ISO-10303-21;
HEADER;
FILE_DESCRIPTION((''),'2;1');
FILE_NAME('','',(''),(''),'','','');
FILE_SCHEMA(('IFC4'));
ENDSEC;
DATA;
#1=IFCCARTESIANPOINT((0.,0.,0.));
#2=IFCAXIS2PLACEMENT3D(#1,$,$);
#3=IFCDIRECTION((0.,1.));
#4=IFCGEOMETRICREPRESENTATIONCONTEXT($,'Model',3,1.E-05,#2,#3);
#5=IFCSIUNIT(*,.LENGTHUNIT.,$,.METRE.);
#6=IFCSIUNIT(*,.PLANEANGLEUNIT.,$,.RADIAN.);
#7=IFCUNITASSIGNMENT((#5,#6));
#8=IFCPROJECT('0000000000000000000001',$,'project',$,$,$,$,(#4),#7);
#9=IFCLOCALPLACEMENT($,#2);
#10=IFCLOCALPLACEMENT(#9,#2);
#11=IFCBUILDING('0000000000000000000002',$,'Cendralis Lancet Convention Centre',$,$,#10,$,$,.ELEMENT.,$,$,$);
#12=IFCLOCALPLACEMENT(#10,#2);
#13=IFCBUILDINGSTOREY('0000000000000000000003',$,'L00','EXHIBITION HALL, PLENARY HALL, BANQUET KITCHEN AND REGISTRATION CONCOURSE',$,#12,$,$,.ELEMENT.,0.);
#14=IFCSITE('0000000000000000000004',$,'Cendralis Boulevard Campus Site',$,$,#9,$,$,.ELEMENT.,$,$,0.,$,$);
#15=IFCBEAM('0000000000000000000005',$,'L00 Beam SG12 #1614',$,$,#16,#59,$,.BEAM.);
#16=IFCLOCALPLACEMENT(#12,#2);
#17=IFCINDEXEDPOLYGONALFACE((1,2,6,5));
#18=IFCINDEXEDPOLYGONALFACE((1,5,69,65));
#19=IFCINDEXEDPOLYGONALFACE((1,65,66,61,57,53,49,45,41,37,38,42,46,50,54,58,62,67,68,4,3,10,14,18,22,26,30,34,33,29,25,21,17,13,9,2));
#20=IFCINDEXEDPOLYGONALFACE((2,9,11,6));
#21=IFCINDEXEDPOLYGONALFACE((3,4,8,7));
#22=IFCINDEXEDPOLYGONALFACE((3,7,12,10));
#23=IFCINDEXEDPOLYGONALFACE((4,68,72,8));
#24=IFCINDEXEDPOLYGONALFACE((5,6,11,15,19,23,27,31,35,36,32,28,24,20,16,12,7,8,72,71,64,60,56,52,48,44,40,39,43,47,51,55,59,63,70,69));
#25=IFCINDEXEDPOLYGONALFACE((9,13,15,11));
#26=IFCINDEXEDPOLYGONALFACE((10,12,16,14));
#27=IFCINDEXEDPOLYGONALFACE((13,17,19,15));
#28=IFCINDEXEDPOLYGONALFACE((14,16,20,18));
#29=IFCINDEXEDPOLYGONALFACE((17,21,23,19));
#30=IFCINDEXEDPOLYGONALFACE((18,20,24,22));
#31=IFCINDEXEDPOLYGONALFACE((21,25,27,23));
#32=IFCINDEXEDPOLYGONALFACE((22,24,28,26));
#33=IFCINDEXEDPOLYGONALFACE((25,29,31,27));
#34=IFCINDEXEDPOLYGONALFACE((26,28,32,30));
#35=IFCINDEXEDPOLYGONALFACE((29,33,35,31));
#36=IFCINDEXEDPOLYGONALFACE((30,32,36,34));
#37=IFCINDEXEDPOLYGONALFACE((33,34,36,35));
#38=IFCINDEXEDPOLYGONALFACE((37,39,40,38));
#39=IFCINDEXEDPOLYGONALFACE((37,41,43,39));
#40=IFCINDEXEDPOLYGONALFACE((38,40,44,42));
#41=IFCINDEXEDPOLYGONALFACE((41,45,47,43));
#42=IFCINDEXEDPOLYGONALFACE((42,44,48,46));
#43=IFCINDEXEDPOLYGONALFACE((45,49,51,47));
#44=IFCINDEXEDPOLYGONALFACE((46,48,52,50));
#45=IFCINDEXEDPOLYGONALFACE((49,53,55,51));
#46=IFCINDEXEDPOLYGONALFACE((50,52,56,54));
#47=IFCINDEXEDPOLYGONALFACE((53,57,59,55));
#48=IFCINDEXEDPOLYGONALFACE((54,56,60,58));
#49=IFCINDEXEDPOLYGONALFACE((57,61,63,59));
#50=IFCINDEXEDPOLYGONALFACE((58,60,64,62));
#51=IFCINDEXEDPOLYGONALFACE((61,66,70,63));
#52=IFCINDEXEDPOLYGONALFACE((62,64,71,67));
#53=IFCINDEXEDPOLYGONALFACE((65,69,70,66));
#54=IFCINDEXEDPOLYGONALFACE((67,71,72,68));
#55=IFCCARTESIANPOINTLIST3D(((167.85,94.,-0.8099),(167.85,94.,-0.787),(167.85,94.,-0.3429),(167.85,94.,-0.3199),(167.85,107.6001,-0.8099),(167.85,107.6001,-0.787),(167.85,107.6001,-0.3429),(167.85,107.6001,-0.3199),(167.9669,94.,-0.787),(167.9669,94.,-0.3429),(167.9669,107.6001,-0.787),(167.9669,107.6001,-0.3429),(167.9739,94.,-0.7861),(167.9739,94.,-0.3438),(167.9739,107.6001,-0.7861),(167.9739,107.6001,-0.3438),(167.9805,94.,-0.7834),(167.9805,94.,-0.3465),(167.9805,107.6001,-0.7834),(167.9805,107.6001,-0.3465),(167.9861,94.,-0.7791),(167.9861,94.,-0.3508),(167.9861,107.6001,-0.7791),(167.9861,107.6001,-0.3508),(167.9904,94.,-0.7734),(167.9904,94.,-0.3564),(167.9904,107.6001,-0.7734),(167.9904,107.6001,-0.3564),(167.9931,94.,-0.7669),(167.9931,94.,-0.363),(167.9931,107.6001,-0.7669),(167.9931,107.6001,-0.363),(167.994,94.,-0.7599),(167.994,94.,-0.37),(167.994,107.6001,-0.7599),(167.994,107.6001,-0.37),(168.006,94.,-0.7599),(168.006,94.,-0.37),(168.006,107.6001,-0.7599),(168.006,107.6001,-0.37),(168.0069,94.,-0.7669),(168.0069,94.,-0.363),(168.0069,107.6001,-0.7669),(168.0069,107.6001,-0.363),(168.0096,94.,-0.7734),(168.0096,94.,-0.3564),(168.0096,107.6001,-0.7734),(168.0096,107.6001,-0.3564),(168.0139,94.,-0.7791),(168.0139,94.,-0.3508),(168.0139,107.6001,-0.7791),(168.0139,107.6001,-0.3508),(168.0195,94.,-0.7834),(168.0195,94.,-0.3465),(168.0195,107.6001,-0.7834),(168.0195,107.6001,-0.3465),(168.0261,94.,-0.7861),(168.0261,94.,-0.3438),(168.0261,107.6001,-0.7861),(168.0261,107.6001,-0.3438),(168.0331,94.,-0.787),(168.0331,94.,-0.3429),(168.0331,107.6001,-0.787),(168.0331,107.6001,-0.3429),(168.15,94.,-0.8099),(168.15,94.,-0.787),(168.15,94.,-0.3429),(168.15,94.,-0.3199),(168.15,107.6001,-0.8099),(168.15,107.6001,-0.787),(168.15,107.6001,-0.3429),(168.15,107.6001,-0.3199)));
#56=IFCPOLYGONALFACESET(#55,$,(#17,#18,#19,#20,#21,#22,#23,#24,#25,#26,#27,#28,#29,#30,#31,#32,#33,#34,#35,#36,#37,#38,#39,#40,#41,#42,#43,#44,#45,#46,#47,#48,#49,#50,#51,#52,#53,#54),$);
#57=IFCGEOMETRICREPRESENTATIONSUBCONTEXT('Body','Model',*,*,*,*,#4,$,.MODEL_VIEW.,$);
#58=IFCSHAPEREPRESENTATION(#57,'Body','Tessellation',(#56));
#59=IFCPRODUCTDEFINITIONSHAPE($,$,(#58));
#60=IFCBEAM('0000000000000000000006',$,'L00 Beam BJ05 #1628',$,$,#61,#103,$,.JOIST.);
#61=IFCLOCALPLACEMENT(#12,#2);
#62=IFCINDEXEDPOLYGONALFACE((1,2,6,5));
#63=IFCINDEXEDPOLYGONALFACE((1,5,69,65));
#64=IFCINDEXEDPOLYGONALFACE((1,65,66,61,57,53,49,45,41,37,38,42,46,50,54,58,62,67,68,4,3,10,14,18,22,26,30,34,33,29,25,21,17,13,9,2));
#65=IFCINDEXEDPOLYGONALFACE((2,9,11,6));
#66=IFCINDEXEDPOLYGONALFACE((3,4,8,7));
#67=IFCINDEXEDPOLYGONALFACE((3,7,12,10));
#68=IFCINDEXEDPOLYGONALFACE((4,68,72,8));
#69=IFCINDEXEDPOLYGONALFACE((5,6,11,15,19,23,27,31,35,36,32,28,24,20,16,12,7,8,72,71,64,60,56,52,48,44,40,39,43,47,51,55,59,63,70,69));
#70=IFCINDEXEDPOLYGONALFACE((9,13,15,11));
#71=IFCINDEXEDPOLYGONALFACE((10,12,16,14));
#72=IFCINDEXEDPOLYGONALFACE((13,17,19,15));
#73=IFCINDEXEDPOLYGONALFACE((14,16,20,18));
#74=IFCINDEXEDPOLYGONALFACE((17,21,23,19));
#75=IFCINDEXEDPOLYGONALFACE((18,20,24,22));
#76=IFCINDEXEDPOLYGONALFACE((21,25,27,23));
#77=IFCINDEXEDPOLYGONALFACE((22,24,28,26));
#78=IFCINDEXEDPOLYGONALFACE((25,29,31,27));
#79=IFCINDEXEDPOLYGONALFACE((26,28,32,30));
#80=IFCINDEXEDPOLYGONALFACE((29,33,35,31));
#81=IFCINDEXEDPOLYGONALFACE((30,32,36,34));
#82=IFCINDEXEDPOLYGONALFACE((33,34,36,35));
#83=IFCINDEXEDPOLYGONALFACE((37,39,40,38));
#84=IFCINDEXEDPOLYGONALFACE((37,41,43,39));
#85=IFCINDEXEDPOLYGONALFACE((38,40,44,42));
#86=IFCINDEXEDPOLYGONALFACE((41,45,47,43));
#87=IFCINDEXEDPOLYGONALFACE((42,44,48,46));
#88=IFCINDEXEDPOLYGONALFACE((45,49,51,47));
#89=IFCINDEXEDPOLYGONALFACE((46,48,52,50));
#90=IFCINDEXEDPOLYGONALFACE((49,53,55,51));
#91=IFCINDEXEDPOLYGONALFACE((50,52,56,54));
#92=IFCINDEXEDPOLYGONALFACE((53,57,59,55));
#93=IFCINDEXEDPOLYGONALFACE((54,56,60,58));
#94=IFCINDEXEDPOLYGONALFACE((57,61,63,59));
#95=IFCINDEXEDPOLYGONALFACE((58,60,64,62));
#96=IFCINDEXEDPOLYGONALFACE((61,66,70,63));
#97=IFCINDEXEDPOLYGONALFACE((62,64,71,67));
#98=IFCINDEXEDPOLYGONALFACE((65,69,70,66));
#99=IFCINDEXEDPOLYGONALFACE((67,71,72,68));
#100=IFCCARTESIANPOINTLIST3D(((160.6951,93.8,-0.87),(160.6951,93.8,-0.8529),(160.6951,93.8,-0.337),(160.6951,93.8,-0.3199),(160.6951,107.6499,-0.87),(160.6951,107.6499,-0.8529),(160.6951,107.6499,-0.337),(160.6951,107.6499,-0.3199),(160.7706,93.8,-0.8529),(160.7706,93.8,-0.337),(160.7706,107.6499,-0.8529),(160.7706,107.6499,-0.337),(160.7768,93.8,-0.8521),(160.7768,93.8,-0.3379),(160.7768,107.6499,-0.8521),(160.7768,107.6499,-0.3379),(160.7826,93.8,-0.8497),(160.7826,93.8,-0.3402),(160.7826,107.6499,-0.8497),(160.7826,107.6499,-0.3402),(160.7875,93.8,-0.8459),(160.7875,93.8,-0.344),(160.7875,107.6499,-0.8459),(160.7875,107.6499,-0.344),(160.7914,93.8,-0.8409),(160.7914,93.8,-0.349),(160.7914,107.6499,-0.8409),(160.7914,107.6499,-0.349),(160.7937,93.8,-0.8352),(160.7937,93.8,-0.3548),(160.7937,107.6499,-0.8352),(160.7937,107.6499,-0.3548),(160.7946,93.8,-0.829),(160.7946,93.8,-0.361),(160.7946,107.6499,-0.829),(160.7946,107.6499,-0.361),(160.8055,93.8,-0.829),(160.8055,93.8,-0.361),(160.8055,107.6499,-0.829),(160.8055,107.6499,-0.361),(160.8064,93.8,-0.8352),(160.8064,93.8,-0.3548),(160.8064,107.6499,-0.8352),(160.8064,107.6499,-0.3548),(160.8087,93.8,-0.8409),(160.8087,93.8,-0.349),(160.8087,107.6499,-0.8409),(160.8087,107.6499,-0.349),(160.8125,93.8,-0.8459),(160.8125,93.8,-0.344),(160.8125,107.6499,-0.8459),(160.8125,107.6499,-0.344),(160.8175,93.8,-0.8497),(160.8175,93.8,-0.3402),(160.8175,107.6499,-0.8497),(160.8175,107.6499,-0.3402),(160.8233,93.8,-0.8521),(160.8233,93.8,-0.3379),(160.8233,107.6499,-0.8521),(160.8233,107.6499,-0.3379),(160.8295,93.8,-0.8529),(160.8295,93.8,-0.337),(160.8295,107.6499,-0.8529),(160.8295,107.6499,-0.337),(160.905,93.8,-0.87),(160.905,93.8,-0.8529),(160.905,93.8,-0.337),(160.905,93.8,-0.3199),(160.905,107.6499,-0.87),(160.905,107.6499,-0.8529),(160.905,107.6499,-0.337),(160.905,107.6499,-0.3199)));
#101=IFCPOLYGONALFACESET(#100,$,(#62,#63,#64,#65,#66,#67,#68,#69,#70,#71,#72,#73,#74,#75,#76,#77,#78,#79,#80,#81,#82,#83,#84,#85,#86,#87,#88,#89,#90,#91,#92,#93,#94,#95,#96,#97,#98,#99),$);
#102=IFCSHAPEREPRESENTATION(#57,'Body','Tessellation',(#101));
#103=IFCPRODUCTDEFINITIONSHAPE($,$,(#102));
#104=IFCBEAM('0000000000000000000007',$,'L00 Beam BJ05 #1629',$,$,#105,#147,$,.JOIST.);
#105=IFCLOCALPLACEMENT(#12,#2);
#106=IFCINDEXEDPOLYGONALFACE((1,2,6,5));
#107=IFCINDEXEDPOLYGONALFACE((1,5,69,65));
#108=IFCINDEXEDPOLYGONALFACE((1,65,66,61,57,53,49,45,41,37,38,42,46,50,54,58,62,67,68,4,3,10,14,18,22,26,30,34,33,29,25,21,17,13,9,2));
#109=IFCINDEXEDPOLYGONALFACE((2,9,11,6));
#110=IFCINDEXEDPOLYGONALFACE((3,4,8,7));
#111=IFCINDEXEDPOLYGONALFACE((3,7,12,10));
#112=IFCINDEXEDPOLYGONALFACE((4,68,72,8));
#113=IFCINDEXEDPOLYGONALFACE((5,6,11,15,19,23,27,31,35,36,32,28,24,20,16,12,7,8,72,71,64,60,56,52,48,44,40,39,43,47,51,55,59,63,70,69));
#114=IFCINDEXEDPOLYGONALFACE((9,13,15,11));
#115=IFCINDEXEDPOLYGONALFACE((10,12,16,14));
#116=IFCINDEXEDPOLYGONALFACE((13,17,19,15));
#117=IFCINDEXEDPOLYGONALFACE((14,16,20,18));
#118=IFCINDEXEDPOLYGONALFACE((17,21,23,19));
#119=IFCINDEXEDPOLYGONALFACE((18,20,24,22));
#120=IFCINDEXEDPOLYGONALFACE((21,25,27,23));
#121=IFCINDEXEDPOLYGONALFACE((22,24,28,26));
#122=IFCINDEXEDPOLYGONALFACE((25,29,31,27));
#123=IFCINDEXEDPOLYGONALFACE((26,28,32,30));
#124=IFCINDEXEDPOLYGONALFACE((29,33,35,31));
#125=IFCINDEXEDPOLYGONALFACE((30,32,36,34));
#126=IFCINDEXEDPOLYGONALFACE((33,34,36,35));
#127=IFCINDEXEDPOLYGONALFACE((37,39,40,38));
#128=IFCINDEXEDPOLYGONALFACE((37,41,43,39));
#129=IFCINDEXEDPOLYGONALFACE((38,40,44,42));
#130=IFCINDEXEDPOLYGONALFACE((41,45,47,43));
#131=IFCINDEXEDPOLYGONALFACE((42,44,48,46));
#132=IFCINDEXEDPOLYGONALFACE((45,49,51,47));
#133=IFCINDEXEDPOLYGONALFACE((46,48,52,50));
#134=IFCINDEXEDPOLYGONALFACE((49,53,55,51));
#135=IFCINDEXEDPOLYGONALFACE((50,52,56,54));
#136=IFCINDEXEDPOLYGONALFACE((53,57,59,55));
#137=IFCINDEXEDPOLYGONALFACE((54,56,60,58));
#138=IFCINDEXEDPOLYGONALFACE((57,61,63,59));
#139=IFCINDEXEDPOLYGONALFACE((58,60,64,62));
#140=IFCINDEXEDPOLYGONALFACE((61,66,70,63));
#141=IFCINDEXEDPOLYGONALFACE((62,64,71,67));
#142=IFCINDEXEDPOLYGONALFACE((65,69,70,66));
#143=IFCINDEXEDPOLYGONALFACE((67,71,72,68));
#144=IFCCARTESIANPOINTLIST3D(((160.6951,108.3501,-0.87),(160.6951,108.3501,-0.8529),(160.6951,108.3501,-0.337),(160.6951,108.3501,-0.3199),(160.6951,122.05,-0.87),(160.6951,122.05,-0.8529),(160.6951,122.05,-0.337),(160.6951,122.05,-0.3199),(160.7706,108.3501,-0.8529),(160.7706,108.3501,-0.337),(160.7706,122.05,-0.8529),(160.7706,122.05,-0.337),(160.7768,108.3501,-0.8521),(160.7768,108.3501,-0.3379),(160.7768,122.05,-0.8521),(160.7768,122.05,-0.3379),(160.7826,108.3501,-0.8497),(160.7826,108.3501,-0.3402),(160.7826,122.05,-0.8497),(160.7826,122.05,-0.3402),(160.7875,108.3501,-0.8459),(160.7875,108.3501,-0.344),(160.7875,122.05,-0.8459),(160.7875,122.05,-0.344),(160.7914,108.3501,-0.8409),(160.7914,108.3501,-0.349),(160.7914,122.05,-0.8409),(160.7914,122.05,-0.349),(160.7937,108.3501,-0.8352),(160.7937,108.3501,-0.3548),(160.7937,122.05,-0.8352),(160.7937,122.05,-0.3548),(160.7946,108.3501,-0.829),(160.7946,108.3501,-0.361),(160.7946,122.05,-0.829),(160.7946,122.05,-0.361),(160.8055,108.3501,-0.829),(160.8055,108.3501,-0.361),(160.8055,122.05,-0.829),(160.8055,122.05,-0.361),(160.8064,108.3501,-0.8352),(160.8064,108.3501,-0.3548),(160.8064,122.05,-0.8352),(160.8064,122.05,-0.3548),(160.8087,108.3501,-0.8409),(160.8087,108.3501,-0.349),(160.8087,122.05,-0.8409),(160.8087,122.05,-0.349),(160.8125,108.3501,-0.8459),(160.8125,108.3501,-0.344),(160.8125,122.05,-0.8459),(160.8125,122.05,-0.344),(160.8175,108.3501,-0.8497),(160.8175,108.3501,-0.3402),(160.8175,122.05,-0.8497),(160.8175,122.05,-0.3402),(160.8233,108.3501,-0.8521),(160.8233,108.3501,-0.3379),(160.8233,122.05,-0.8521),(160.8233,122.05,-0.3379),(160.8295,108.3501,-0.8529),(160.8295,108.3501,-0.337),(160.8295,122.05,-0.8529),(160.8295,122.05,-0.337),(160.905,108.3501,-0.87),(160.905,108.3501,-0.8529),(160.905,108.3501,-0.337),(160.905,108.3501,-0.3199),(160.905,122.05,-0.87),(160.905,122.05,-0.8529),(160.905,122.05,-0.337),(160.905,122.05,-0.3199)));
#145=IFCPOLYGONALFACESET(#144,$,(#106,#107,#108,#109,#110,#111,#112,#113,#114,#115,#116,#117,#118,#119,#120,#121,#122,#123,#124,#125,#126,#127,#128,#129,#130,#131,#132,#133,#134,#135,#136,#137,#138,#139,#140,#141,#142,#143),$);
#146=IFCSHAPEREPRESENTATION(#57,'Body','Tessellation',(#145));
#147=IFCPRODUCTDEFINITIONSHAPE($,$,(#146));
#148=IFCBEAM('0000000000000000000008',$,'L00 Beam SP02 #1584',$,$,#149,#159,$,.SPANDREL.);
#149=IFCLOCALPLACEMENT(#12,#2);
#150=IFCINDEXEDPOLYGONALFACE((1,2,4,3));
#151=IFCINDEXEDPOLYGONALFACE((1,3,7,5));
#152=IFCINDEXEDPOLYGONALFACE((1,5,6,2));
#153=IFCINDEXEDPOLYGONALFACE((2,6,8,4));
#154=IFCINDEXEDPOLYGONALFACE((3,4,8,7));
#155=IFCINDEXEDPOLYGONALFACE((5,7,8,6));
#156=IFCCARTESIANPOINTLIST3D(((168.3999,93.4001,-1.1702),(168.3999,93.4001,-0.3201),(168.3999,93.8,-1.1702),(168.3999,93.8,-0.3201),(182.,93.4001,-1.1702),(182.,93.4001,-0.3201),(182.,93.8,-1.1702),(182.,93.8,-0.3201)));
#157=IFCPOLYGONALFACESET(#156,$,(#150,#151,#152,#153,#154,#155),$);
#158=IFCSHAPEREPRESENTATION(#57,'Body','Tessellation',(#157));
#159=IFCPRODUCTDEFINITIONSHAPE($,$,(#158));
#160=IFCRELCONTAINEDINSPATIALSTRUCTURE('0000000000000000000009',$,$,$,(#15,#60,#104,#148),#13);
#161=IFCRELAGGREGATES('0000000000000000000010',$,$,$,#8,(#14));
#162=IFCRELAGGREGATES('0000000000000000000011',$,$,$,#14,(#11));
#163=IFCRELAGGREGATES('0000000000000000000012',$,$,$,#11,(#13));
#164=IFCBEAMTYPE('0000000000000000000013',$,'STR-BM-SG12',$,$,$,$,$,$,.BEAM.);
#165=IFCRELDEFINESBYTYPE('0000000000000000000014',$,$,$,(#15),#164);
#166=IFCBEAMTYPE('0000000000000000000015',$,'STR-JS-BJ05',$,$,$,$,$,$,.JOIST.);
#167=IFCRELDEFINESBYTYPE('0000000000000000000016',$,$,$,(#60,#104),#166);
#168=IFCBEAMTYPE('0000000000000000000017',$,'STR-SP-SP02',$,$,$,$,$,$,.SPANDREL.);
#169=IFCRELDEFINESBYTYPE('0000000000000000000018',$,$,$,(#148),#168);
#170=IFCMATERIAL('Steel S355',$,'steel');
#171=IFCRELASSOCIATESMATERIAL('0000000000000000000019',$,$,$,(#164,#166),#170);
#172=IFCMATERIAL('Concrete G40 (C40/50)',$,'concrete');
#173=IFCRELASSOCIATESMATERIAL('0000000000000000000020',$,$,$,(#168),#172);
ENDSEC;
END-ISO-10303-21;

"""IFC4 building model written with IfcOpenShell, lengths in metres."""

from ifc_helpers import new_model, si_unit, direction, frame, origin, origin_2d, place, context, subcontext, project, spatial, rectangle, i_section, extrude, material, material_profile, profile_set, type_object, element, save


model = new_model("IFC4")

# Units and contexts
model_context = context("Model", 3, precision=1e-05, world=origin(), true_north=direction((0.0, 1.0)))
body_context = subcontext(model_context, "Body", "Model", "MODEL_VIEW")
ifc_project = project(units=[si_unit("LENGTHUNIT", "METRE"), si_unit("PLANEANGLEUNIT", "RADIAN")], contexts=[model_context])

# Site, building, storey
site_placement = place(None, origin())
site = spatial("IfcSite", under=ifc_project, at=site_placement, Name="Cendralis Boulevard Campus Site", CompositionType="ELEMENT", RefElevation=0.0)
building_placement = place(site_placement, origin())
building = spatial("IfcBuilding", under=site, at=building_placement, Name="Cendralis Lancet Convention Centre", CompositionType="ELEMENT")
storey_placement = place(building_placement, origin())
storey = spatial("IfcBuildingStorey", under=building, at=storey_placement, Name="L00", Description="EXHIBITION HALL, PLENARY HALL, BANQUET KITCHEN AND REGISTRATION CONCOURSE", CompositionType="ELEMENT", Elevation=0.0)

# Shared definitions
ifc_material_1 = material(Name="Concrete G40 (C40/50)", Category="concrete")

# Beams
ifc_material_2 = material(Name="Steel S355", Category="steel")
ifc_material_profile_1 = material_profile(ifc_material_2, i_section(OverallWidth=0.3, OverallDepth=0.49, WebThickness=0.012, FlangeThickness=0.0229, FilletRadius=0.0271, at=origin_2d()), Name="HEA 500")
ifc_profile_set_1 = profile_set([ifc_material_profile_1], Name="Steel S355")
beam_type_1 = type_object("IfcBeamType", Name="STR-BM-SG12", PredefinedType="BEAM", material=ifc_profile_set_1)
beam_1_placement = place(storey_placement, frame((168.0, 94.0, -0.5649), z_axis=(0.0, 1.0, 0.0), x_axis=(-1.0, 0.0, 0.0)))
element("IfcBeam", 1, at=beam_1_placement, inside=storey, type_object=beam_type_1, Name="L00 Beam SG12 #1614", PredefinedType="BEAM", context=body_context, shape_type="SweptSolid", body=[
    extrude(i_section(OverallWidth=0.3, OverallDepth=0.49, WebThickness=0.012, FlangeThickness=0.0229, FilletRadius=0.0271, at=origin_2d()), origin(), (0.0, 0.0, 1.0), 13.6001),
])
ifc_material_profile_2 = material_profile(ifc_material_2, i_section(OverallWidth=0.21, OverallDepth=0.55, WebThickness=0.011, FlangeThickness=0.0171, FilletRadius=0.0239, at=origin_2d()), Name="IPE 550")
ifc_profile_set_2 = profile_set([ifc_material_profile_2], Name="Steel S355")
beam_type_2 = type_object("IfcBeamType", Name="STR-JS-BJ05", PredefinedType="JOIST", material=ifc_profile_set_2)
beam_2_placement = place(storey_placement, frame((160.8, 93.8, -0.595), z_axis=(0.0, 1.0, 0.0), x_axis=(-1.0, 0.0, 0.0)))
element("IfcBeam", 2, at=beam_2_placement, inside=storey, type_object=beam_type_2, Name="L00 Beam BJ05 #1628", PredefinedType="JOIST", context=body_context, shape_type="SweptSolid", body=[
    extrude(i_section(OverallWidth=0.21, OverallDepth=0.55, WebThickness=0.011, FlangeThickness=0.0171, FilletRadius=0.0239, at=origin_2d()), origin(), (0.0, 0.0, 1.0), 13.8499),
])
beam_3_placement = place(storey_placement, frame((160.8, 108.3501, -0.595), z_axis=(0.0, 1.0, 0.0), x_axis=(-1.0, 0.0, 0.0)))
element("IfcBeam", 3, at=beam_3_placement, inside=storey, type_object=beam_type_2, Name="L00 Beam BJ05 #1629", PredefinedType="JOIST", context=body_context, shape_type="SweptSolid", body=[
    extrude(i_section(OverallWidth=0.21, OverallDepth=0.55, WebThickness=0.011, FlangeThickness=0.0171, FilletRadius=0.0239, at=origin_2d()), origin(), (0.0, 0.0, 1.0), 13.7),
])
ifc_material_profile_3 = material_profile(ifc_material_1, rectangle(XDim=0.3999, YDim=0.8501, at=origin_2d()), Name="RCB 400x850")
ifc_profile_set_3 = profile_set([ifc_material_profile_3], Name="Concrete G40 (C40/50)")
beam_type_3 = type_object("IfcBeamType", Name="STR-SP-SP02", PredefinedType="SPANDREL", material=ifc_profile_set_3)
beam_4_placement = place(storey_placement, frame((168.3999, 93.6001, -0.7451), z_axis=(1.0, 0.0, 0.0), x_axis=(0.0, 1.0, 0.0)))
element("IfcBeam", 4, at=beam_4_placement, inside=storey, type_object=beam_type_3, Name="L00 Beam SP02 #1584", PredefinedType="SPANDREL", context=body_context, shape_type="SweptSolid", body=[
    extrude(rectangle(XDim=0.3999, YDim=0.8501, at=origin_2d()), origin(), (0.0, 0.0, 1.0), 13.6001),
])

save(model, "model.ifc")
